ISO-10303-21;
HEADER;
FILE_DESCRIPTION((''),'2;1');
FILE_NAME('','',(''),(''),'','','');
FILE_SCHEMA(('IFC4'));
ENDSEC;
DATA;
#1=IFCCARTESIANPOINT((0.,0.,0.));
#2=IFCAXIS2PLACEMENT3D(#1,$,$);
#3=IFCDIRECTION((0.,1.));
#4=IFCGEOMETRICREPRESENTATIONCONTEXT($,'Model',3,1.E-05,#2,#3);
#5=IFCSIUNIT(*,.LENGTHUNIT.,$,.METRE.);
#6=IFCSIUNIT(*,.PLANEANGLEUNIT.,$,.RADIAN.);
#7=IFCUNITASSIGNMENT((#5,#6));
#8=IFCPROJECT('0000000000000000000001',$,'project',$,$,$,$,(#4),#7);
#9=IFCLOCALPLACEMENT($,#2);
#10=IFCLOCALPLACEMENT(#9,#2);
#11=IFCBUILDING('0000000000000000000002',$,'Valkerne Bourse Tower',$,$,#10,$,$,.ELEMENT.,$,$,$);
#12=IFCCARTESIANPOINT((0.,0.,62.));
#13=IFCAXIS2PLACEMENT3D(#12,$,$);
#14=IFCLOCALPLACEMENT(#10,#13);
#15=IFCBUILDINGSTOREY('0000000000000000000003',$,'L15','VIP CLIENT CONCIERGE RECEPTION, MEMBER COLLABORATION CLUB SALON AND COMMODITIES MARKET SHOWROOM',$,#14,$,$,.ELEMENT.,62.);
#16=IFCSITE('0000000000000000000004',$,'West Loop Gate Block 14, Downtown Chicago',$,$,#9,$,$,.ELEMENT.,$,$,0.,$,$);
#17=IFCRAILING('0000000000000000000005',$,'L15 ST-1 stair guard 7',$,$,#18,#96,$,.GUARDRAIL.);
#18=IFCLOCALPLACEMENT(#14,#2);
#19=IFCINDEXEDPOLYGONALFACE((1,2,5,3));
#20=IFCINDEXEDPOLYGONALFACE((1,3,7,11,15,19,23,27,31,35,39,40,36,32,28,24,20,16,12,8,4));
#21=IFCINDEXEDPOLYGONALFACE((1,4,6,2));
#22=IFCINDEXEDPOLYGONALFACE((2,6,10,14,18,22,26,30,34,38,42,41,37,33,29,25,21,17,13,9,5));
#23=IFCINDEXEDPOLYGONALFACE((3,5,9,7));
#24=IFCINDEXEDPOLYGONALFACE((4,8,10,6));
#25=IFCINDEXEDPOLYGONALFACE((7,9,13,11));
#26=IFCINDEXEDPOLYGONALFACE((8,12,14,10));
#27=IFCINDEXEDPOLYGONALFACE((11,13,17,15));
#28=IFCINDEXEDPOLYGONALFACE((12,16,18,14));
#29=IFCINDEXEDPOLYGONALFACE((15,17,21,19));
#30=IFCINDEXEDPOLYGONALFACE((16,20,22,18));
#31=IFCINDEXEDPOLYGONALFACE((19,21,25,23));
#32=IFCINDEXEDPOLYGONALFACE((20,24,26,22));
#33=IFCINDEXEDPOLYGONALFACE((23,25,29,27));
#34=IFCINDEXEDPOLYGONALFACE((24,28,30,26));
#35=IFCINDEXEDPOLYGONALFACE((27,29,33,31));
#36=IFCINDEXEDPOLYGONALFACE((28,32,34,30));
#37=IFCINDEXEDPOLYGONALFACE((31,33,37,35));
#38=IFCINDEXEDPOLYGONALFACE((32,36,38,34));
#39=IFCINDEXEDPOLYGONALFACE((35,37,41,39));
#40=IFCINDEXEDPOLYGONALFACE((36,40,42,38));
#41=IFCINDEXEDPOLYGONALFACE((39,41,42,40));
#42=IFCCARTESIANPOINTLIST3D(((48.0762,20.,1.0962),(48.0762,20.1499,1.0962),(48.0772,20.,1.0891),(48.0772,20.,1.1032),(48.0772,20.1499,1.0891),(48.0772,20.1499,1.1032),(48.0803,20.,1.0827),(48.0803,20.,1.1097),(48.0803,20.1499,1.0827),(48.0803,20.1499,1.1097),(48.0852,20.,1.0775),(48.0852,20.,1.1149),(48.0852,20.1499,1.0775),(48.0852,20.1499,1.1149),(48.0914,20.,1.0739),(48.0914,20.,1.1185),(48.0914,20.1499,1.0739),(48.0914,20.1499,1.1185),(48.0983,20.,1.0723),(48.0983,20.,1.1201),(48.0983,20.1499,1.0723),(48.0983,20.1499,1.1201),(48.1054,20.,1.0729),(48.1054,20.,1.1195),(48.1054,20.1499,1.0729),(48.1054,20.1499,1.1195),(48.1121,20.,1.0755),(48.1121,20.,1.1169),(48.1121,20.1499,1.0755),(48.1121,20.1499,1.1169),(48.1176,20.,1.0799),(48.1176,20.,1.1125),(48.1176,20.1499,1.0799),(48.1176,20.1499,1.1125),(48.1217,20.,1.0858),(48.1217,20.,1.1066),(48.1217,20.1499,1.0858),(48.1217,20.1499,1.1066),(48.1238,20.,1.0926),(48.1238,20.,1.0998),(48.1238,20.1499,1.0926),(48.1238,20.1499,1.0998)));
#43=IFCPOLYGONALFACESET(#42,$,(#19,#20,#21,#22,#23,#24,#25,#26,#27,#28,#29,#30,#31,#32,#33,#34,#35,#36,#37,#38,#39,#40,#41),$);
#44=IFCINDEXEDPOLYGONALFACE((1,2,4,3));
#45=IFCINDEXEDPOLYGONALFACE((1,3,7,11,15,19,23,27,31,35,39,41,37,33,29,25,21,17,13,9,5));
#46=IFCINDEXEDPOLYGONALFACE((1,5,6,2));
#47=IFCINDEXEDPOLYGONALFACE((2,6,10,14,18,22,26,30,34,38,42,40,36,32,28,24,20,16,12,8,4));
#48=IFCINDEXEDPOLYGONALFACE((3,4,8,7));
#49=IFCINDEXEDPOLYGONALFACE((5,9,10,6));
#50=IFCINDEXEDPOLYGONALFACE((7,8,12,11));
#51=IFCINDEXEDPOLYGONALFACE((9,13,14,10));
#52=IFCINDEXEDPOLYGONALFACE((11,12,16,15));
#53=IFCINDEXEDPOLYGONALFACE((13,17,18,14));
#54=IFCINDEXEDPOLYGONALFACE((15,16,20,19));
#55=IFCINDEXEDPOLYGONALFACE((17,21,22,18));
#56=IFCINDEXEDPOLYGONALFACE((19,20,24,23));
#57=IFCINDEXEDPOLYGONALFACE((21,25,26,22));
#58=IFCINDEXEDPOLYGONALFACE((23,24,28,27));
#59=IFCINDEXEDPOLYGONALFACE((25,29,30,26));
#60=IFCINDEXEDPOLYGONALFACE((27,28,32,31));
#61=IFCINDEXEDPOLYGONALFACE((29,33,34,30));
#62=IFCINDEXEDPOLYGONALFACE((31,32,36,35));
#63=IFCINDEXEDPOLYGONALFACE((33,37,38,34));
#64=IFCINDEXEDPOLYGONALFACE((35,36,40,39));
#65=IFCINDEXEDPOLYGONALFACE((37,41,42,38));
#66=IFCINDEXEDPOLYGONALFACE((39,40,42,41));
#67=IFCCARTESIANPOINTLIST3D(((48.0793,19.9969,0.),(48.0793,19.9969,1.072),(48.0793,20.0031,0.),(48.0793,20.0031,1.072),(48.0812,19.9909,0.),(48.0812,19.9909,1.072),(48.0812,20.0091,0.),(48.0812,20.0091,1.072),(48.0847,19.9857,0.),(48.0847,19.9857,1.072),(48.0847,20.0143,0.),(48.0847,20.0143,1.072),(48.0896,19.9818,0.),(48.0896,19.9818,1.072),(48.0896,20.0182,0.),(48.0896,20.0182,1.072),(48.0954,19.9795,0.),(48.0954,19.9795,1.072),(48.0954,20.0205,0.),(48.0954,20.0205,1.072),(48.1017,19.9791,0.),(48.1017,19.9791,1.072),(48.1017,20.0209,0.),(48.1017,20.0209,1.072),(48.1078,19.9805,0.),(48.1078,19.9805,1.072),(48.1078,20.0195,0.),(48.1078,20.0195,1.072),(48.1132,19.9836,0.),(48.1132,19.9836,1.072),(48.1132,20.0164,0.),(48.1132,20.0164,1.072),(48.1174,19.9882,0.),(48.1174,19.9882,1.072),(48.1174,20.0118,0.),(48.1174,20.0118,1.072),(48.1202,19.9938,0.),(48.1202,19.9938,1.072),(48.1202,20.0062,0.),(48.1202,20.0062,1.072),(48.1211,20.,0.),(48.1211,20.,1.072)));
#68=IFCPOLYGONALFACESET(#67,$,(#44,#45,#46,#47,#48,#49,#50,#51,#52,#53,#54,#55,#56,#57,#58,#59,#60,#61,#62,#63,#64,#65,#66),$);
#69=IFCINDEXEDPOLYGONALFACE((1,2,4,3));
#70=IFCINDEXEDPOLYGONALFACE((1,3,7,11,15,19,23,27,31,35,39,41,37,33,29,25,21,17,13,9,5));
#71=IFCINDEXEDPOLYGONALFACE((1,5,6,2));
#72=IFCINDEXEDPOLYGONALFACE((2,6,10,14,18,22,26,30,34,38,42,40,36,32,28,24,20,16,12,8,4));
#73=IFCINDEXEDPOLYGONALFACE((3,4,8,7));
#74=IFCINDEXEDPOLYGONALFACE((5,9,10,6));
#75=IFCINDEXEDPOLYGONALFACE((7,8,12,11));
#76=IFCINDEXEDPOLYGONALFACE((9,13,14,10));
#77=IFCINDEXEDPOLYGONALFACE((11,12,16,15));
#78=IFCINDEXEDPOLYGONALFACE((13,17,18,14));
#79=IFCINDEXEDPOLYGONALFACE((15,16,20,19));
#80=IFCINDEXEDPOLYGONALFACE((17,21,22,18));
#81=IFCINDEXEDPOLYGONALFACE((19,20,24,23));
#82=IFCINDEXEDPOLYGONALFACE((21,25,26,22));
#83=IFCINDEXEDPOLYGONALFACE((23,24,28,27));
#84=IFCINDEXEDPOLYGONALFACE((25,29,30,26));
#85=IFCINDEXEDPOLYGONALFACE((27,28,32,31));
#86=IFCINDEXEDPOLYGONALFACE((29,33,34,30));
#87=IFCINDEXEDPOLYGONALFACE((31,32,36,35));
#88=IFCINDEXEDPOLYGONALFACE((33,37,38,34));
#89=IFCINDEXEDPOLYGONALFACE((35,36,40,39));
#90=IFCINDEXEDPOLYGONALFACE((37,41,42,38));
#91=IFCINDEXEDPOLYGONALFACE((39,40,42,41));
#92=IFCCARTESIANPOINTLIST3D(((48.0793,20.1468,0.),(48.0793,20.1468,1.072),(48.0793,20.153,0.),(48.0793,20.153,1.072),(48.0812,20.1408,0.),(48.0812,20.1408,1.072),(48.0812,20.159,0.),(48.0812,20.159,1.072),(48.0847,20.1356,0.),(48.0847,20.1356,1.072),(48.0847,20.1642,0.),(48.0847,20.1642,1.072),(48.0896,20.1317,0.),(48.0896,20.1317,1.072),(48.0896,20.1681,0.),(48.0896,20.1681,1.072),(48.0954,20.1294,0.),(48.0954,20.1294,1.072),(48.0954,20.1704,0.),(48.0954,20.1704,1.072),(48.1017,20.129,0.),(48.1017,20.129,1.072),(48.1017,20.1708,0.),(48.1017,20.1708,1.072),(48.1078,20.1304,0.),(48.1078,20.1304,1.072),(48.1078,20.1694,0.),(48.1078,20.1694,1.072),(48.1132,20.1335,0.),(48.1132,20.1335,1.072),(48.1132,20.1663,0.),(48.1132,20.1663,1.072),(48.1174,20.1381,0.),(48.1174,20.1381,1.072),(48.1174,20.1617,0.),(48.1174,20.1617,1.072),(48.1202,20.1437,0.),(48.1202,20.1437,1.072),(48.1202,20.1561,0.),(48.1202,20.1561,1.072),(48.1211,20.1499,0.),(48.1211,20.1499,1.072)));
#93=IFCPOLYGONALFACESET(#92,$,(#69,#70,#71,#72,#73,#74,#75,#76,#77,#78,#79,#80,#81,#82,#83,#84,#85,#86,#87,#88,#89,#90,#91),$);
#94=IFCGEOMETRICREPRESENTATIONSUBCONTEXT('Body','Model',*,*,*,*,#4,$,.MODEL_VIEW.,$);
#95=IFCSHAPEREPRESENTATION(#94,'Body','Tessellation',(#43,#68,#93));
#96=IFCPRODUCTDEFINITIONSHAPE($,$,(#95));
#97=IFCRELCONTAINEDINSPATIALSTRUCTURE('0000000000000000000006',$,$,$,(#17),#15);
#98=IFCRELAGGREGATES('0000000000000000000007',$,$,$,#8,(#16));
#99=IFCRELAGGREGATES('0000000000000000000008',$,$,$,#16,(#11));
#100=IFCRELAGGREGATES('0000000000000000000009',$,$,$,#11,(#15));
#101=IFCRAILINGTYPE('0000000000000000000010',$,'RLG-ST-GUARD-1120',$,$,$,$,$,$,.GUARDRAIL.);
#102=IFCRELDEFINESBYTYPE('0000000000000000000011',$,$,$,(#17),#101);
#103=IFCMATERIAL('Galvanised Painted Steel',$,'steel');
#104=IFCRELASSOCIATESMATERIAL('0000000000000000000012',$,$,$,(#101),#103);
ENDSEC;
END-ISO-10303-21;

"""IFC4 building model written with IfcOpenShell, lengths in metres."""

from ifc_helpers import new_model, si_unit, direction, frame, origin, origin_2d, place, context, subcontext, project, spatial, circle, extrude, material, type_object, element, save


model = new_model("IFC4")

# Units and contexts
model_context = context("Model", 3, precision=1e-05, world=origin(), true_north=direction((0.0, 1.0)))
body_context = subcontext(model_context, "Body", "Model", "MODEL_VIEW")
ifc_project = project(units=[si_unit("LENGTHUNIT", "METRE"), si_unit("PLANEANGLEUNIT", "RADIAN")], contexts=[model_context])

# Site, building, storey
site_placement = place(None, origin())
site = spatial("IfcSite", under=ifc_project, at=site_placement, Name="West Loop Gate Block 14, Downtown Chicago", CompositionType="ELEMENT", RefElevation=0.0)
building_placement = place(site_placement, origin())
building = spatial("IfcBuilding", under=site, at=building_placement, Name="Valkerne Bourse Tower", CompositionType="ELEMENT")
storey_placement = place(building_placement, frame((0.0, 0.0, 62.0)))
storey = spatial("IfcBuildingStorey", under=building, at=storey_placement, Name="L15", Description="VIP CLIENT CONCIERGE RECEPTION, MEMBER COLLABORATION CLUB SALON AND COMMODITIES MARKET SHOWROOM", CompositionType="ELEMENT", Elevation=62.0)

# Shared definitions
ifc_material_1 = material(Name="Galvanised Painted Steel", Category="steel")

# Railing
railing_type_1 = type_object("IfcRailingType", Name="RLG-ST-GUARD-1120", PredefinedType="GUARDRAIL", material=ifc_material_1)
railing_1_placement = place(storey_placement, frame((48.1001, 20.0, 0.0)))
element("IfcRailing", 1, at=railing_1_placement, inside=storey, type_object=railing_type_1, Name="L15 ST-1 stair guard 7", PredefinedType="GUARDRAIL", context=body_context, shape_type="SweptSolid", body=[
    extrude(circle(Radius=0.0239, at=origin_2d()), frame((0.0, 0.0, 1.0962), z_axis=(0.0, 1.0, 0.0), x_axis=(-1.0, 0.0, 0.0)), (0.0, 0.0, 1.0), 0.1499),
    extrude(circle(Radius=0.021, at=origin_2d()), origin(), (0.0, 0.0, 1.0), 1.072),
    extrude(circle(Radius=0.021, at=origin_2d()), frame((0.0, 0.1499, 0.0)), (0.0, 0.0, 1.0), 1.072),
])

save(model, "model.ifc")
